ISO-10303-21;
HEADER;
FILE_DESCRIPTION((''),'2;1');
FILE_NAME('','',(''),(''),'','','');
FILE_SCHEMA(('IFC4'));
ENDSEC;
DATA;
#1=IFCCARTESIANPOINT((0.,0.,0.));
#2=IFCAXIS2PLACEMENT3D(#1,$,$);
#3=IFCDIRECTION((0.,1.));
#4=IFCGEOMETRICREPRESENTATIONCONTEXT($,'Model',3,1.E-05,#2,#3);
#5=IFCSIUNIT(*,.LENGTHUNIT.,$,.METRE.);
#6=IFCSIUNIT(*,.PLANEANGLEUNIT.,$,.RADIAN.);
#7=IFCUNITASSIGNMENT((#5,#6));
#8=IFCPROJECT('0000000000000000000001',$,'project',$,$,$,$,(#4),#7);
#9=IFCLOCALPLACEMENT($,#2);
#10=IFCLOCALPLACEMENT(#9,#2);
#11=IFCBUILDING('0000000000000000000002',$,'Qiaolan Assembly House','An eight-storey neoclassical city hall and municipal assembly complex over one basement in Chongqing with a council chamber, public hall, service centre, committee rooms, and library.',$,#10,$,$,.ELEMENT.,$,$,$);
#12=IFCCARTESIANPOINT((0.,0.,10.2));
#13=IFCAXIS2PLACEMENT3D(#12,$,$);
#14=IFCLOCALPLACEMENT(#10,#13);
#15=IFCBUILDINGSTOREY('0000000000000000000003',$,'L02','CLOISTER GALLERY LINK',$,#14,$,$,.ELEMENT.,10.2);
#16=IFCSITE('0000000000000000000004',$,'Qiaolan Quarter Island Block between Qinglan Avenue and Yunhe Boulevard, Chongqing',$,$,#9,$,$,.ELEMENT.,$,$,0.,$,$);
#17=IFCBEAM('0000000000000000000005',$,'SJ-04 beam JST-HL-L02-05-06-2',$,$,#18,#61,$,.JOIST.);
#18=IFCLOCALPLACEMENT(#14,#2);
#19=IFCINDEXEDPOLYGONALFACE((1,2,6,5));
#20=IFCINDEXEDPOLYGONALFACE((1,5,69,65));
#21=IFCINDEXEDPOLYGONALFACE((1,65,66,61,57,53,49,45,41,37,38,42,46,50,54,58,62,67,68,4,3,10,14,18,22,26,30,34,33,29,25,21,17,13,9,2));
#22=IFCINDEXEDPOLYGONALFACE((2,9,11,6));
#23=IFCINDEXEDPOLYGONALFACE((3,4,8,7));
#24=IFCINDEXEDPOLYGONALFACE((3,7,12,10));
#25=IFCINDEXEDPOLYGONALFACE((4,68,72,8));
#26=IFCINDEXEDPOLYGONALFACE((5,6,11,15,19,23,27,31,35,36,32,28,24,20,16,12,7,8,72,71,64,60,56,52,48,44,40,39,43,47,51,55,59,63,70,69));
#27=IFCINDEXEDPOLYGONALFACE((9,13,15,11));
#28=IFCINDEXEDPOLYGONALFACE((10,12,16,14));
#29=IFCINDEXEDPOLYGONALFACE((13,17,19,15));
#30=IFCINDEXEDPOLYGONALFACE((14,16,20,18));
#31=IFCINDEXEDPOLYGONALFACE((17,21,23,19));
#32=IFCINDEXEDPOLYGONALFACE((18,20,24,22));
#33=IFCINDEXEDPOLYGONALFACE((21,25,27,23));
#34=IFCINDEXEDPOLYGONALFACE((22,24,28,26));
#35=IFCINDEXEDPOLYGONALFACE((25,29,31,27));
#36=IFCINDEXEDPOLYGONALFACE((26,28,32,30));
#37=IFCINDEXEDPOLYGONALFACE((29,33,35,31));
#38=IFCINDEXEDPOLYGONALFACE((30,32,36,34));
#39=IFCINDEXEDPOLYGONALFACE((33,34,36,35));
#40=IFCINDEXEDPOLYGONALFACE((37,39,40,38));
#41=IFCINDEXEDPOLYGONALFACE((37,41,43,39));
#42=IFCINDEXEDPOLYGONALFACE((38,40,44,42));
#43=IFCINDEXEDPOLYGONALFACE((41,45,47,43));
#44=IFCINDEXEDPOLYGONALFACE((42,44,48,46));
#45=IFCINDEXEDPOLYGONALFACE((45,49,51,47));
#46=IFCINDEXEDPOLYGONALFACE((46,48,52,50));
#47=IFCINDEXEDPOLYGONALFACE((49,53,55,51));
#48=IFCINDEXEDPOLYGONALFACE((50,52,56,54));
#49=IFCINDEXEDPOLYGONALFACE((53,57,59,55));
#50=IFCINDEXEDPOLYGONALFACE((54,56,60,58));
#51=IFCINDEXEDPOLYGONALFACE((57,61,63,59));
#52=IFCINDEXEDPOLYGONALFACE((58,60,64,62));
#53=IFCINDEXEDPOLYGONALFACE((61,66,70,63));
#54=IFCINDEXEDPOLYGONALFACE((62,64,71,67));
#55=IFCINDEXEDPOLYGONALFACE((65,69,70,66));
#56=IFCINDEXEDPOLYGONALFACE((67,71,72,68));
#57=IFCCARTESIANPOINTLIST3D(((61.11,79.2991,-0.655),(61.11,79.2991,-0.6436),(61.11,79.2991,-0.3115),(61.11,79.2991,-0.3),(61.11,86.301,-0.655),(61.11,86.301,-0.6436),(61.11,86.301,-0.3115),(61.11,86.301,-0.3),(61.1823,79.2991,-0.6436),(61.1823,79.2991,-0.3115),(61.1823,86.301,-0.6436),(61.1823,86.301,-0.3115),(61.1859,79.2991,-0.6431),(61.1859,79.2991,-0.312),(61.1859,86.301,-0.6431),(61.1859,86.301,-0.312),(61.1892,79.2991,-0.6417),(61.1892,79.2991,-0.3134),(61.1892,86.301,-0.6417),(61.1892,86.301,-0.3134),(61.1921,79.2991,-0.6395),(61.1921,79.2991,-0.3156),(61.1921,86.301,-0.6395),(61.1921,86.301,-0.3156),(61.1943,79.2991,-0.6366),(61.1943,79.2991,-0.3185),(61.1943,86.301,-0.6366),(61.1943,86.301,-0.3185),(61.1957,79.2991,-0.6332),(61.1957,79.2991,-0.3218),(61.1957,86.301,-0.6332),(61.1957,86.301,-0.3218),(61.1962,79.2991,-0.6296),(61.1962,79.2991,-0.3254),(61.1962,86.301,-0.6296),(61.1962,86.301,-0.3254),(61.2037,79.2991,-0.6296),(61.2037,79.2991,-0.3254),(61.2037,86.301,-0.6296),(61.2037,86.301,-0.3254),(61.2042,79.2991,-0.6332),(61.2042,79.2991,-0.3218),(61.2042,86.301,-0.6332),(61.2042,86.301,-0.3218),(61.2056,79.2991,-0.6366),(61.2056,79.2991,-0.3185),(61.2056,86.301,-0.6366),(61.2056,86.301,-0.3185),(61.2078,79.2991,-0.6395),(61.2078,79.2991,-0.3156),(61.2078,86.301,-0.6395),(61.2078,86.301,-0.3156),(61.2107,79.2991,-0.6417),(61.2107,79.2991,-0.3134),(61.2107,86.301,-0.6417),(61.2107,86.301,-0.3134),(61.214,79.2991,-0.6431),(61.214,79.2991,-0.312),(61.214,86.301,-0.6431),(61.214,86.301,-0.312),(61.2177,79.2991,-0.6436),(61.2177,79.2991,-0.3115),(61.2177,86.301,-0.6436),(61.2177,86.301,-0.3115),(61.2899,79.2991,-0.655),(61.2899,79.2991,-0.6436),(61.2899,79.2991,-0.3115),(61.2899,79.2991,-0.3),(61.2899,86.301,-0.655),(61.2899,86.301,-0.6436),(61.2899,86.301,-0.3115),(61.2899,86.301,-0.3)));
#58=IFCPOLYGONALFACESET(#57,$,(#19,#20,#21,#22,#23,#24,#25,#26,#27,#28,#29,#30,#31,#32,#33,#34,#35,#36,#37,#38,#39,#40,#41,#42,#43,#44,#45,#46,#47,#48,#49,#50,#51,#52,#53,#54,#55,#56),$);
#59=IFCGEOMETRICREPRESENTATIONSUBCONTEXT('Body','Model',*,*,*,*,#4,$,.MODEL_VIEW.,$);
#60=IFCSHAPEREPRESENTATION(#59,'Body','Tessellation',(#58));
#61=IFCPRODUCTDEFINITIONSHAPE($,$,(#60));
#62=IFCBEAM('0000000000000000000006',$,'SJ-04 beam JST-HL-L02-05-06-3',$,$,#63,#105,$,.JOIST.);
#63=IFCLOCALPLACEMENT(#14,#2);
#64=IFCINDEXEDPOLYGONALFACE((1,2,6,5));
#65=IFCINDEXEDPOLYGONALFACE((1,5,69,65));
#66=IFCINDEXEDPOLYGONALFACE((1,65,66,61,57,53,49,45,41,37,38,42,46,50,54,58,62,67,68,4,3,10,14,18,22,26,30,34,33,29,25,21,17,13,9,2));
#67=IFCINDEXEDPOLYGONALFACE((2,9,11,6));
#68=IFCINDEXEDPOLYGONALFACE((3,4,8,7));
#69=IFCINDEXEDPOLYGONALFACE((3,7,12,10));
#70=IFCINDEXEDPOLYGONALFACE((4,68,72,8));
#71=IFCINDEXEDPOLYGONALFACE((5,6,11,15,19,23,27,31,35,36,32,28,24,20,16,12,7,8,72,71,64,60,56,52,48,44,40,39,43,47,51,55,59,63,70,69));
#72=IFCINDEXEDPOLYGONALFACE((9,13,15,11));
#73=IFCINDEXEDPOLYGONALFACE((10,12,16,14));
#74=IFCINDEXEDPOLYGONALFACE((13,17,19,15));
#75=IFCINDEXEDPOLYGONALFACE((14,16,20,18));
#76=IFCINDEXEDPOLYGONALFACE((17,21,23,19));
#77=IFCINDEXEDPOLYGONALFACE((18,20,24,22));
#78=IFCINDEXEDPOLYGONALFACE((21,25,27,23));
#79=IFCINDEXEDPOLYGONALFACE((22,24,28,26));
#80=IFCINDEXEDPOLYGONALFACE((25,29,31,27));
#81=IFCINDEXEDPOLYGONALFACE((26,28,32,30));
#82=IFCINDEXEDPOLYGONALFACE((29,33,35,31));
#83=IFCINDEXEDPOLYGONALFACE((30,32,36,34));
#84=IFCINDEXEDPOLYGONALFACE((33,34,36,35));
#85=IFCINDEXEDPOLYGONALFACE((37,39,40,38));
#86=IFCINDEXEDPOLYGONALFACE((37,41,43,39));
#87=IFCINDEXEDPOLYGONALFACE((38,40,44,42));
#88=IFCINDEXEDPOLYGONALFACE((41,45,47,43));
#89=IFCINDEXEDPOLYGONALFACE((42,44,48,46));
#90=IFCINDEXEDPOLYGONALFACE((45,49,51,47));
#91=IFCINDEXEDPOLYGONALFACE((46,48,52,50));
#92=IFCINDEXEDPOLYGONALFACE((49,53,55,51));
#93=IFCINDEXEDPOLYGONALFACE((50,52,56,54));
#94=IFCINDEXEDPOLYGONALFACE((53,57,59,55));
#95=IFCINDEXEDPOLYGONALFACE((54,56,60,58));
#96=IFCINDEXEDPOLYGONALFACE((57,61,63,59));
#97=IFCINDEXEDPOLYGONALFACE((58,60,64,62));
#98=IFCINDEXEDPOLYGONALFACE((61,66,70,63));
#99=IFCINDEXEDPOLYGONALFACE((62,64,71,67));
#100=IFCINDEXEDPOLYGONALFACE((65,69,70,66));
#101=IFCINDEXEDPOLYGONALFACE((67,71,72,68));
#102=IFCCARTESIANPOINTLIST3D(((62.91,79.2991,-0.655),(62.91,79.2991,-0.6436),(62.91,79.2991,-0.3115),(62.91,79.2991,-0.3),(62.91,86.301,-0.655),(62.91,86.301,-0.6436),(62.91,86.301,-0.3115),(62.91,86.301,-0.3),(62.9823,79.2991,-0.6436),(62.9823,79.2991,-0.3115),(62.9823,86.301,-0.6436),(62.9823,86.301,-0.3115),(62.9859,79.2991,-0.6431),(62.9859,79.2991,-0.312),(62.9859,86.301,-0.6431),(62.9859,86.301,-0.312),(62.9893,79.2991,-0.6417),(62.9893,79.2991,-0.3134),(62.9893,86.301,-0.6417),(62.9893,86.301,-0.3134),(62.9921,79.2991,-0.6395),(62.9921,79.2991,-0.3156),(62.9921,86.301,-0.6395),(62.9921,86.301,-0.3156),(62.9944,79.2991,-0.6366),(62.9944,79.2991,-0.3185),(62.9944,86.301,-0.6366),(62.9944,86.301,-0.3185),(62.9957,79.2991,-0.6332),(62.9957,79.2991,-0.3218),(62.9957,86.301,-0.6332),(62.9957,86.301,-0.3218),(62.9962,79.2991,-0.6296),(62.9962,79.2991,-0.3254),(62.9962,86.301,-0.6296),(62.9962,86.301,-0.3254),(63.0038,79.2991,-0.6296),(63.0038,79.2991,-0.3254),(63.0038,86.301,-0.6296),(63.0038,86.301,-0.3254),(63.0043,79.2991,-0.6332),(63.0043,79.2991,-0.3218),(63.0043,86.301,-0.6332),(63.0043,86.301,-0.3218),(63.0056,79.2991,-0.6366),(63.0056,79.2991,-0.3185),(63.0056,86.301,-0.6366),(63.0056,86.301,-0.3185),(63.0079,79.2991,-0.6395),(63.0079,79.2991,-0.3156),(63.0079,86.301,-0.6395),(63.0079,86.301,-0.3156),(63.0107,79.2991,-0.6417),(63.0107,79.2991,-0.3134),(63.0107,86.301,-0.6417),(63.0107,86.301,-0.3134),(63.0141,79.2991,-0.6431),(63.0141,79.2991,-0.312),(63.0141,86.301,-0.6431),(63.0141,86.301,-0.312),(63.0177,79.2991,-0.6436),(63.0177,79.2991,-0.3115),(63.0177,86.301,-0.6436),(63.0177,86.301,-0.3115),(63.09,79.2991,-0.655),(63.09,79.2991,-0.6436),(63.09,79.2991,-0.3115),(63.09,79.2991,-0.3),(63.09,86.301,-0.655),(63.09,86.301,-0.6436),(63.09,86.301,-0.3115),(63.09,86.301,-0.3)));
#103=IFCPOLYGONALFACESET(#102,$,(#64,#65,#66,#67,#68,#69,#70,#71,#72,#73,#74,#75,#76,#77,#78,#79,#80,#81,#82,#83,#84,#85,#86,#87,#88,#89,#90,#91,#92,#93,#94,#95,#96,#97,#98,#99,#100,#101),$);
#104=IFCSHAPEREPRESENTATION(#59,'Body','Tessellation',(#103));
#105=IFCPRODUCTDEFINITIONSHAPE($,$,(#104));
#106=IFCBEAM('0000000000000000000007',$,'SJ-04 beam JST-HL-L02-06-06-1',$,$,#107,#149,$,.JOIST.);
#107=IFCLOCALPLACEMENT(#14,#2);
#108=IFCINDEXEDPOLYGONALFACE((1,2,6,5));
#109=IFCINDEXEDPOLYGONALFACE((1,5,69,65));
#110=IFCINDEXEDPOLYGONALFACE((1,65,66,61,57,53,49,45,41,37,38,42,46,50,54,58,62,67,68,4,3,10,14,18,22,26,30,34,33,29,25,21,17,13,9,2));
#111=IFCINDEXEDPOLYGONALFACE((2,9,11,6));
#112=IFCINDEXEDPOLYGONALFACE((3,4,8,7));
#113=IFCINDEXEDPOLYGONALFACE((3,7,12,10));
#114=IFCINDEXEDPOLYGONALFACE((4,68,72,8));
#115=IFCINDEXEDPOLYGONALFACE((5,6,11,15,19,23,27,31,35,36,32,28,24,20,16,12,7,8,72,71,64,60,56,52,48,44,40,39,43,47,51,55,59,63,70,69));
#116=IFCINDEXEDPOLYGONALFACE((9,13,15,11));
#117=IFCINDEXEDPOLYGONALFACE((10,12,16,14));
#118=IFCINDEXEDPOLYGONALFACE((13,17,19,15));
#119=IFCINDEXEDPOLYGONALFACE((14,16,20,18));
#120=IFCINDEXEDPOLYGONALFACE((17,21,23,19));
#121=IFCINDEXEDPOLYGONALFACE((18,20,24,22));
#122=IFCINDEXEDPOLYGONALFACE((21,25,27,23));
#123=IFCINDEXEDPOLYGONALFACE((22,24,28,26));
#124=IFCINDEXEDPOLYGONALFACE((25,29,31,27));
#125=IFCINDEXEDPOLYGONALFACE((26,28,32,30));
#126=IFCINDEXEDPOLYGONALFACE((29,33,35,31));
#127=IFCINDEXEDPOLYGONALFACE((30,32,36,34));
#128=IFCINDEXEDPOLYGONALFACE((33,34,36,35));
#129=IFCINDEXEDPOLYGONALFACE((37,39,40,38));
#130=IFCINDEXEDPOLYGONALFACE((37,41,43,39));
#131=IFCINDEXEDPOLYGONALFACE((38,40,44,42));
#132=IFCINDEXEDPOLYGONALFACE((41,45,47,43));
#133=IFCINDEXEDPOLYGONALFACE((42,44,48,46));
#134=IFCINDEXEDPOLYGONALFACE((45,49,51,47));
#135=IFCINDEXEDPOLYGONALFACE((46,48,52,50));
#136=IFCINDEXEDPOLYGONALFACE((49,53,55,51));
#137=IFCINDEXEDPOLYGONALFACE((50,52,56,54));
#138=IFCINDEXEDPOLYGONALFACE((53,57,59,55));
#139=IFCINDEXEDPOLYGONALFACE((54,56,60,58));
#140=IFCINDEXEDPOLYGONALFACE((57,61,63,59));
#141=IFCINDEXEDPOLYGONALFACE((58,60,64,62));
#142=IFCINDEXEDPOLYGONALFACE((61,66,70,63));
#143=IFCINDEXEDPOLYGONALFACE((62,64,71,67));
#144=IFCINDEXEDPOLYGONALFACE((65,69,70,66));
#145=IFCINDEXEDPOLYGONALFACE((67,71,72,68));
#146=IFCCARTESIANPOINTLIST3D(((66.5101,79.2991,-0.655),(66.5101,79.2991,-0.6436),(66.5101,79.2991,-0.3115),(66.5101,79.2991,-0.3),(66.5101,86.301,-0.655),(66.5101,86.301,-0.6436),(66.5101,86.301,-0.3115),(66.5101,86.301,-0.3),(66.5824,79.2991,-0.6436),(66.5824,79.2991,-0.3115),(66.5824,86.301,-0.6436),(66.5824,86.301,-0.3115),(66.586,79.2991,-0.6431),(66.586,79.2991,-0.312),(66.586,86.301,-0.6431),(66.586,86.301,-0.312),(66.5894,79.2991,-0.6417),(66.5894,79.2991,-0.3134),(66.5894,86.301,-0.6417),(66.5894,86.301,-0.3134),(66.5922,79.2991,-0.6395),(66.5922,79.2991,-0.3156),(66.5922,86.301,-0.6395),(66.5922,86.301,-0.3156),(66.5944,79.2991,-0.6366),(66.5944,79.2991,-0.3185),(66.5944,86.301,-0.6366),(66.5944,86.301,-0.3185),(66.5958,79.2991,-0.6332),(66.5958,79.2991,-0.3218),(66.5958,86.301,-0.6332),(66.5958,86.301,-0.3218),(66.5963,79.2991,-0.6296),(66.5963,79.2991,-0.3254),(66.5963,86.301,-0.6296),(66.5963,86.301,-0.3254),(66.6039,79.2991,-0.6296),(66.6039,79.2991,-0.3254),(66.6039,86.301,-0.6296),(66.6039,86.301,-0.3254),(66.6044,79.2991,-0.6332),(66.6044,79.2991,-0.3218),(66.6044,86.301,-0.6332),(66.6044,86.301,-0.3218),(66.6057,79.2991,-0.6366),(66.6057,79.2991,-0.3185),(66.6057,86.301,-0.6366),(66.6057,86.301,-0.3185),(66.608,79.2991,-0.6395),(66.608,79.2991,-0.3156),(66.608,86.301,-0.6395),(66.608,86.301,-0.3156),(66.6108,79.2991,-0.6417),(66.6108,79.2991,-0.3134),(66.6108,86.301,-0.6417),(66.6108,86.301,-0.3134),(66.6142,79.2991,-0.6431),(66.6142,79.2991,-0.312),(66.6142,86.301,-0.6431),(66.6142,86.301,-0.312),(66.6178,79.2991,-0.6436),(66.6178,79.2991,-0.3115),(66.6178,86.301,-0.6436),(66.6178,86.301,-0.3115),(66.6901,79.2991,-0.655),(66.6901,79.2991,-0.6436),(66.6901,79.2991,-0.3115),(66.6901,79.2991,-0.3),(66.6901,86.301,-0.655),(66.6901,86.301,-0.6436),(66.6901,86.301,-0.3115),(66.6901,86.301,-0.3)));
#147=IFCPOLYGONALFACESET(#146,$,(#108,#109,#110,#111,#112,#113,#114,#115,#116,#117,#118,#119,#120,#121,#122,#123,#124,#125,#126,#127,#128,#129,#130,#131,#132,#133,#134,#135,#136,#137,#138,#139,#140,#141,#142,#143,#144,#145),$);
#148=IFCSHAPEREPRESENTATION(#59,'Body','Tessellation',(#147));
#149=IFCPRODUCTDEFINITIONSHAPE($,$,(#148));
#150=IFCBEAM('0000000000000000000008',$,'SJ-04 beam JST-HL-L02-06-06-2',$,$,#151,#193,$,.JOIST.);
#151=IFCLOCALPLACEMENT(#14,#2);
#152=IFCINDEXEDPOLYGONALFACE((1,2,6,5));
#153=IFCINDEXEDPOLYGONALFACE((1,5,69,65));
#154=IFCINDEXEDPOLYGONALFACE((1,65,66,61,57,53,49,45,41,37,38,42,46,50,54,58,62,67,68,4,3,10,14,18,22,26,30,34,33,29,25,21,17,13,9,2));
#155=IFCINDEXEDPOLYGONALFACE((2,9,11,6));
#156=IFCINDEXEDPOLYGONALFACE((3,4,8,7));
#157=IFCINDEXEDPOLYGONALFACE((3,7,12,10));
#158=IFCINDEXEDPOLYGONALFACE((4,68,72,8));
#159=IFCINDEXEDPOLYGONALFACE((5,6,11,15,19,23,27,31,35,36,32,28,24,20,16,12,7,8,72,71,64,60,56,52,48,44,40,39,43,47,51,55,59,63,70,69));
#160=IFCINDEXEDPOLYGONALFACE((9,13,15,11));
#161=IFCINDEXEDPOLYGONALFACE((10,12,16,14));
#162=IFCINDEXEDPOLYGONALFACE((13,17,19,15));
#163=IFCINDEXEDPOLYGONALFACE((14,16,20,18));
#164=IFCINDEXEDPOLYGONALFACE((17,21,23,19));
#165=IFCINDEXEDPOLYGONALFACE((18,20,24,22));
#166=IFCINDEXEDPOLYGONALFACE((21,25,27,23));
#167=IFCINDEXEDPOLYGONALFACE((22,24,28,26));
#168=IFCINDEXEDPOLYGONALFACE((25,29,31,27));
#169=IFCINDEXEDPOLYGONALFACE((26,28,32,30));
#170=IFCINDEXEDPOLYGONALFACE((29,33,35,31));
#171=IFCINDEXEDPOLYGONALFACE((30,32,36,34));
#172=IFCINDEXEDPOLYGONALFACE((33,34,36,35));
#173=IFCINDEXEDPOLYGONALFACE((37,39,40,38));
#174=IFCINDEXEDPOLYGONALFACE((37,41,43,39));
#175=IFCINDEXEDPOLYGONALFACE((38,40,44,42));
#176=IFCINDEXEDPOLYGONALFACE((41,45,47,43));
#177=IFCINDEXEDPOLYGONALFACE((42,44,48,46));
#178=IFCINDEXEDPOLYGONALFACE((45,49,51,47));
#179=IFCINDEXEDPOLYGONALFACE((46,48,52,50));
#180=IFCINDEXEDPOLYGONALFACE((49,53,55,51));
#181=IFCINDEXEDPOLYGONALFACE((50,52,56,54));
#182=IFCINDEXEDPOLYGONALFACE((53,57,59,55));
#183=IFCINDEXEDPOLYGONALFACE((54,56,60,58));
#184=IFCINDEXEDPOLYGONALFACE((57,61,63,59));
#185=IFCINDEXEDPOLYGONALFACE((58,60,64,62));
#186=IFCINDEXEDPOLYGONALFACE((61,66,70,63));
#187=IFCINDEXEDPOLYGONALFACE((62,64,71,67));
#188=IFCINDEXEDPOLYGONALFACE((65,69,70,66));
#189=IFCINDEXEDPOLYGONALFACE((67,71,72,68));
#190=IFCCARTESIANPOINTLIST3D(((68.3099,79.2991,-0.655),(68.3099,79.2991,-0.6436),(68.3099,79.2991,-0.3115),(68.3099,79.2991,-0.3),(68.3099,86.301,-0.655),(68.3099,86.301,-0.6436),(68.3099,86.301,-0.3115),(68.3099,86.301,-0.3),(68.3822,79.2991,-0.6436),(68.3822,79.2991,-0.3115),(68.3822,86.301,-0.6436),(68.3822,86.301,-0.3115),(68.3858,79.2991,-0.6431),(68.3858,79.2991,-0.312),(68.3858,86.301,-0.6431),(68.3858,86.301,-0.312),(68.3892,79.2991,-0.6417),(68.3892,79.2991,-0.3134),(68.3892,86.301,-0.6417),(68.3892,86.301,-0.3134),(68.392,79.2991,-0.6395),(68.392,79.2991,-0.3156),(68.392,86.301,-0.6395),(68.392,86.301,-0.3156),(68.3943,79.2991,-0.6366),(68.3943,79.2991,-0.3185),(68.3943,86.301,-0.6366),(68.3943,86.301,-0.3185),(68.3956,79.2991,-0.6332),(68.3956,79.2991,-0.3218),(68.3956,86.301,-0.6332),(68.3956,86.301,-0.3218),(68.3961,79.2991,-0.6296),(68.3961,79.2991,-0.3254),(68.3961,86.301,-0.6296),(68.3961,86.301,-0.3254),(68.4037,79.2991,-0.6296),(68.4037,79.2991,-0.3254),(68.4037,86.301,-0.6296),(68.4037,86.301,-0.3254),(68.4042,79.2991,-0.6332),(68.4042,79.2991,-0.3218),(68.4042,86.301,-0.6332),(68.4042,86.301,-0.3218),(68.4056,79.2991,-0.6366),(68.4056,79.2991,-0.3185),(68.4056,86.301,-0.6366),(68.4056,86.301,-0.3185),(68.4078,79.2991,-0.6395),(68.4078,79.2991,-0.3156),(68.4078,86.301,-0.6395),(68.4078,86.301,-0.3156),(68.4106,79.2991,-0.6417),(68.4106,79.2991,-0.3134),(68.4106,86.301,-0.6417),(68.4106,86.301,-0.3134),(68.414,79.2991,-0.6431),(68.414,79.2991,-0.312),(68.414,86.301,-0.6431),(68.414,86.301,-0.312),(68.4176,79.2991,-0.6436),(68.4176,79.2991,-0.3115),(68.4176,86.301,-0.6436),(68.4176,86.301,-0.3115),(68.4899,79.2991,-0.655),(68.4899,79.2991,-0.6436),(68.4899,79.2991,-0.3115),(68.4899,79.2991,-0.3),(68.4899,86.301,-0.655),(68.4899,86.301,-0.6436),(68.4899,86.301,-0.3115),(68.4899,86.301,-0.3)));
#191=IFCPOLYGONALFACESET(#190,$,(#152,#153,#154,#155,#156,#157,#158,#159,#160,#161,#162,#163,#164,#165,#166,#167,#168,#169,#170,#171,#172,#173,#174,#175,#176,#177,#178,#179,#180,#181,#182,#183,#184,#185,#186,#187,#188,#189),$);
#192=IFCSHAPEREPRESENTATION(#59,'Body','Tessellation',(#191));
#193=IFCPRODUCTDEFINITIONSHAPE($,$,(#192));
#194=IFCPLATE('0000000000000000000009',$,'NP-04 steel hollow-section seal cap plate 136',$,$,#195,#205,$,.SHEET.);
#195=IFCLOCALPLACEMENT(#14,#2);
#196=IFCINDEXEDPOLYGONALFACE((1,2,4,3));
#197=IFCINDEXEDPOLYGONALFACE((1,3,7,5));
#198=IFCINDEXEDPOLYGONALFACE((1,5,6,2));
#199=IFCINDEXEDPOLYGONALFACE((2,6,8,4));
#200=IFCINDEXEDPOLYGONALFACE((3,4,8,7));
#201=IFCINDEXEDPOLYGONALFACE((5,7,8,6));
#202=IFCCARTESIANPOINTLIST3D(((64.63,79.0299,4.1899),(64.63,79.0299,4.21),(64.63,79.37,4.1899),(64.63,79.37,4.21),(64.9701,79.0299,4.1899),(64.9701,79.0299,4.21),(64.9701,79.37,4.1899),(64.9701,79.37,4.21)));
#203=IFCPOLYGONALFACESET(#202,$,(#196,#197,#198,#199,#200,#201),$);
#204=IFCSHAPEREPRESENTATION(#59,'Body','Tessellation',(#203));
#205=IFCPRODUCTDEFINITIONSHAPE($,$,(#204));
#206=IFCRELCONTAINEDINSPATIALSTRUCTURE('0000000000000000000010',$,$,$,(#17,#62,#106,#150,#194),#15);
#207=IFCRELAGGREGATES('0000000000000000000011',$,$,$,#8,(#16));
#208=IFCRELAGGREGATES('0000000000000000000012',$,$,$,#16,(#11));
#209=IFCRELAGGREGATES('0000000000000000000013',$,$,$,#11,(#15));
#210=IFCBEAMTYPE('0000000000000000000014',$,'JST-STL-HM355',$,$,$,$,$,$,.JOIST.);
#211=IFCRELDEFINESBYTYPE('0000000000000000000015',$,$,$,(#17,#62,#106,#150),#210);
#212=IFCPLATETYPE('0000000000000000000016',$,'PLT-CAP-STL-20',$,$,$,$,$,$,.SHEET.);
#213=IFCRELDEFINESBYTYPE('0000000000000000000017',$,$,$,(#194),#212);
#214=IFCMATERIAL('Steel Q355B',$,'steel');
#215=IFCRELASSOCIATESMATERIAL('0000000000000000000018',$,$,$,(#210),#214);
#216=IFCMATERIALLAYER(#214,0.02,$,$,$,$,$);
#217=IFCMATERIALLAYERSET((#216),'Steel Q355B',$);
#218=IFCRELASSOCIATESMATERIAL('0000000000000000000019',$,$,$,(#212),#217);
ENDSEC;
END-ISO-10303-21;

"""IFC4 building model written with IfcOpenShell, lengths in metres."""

from ifc_helpers import new_model, si_unit, direction, frame, origin, origin_2d, place, context, subcontext, project, spatial, rectangle, i_section, extrude, material, layer, layer_set, material_profile, profile_set, type_object, element, save


model = new_model("IFC4")

# Units and contexts
model_context = context("Model", 3, precision=1e-05, world=origin(), true_north=direction((0.0, 1.0)))
body_context = subcontext(model_context, "Body", "Model", "MODEL_VIEW")
ifc_project = project(units=[si_unit("LENGTHUNIT", "METRE"), si_unit("PLANEANGLEUNIT", "RADIAN")], contexts=[model_context])

# Site, building, storey
site_placement = place(None, origin())
site = spatial("IfcSite", under=ifc_project, at=site_placement, Name="Qiaolan Quarter Island Block between Qinglan Avenue and Yunhe Boulevard, Chongqing", CompositionType="ELEMENT", RefElevation=0.0)
building_placement = place(site_placement, origin())
building = spatial("IfcBuilding", under=site, at=building_placement, Name="Qiaolan Assembly House", Description="An eight-storey neoclassical city hall and municipal assembly complex over one basement in Chongqing with a council chamber, public hall, service centre, committee rooms, and library.", CompositionType="ELEMENT")
storey_placement = place(building_placement, frame((0.0, 0.0, 10.2)))
storey = spatial("IfcBuildingStorey", under=building, at=storey_placement, Name="L02", Description="CLOISTER GALLERY LINK", CompositionType="ELEMENT", Elevation=10.2)

# Shared definitions
ifc_material_1 = material(Name="Steel Q355B", Category="steel")

# Beams
ifc_material_profile_1 = material_profile(ifc_material_1, i_section(OverallWidth=0.1799, OverallDepth=0.355, WebThickness=0.0076, FlangeThickness=0.0115, FilletRadius=0.0139, at=origin_2d()), Name="HM 355x180x7.5x11.5")
ifc_profile_set_1 = profile_set([ifc_material_profile_1], Name="Steel Q355B")
beam_type_1 = type_object("IfcBeamType", Name="JST-STL-HM355", PredefinedType="JOIST", material=ifc_profile_set_1)
for number, where, z_axis, x_axis, name in (
    (1, (61.2, 79.2991, -0.4775), (0.0, 1.0, 0.0), (-1.0, 0.0, 0.0), "SJ-04 beam JST-HL-L02-05-06-2"),
    (2, (63.0, 79.2991, -0.4775), (0.0, 1.0, 0.0), (-1.0, 0.0, 0.0), "SJ-04 beam JST-HL-L02-05-06-3"),
    (3, (66.6001, 79.2991, -0.4775), (0.0, 1.0, 0.0), (-1.0, 0.0, 0.0), "SJ-04 beam JST-HL-L02-06-06-1"),
    (4, (68.3999, 79.2991, -0.4775), (0.0, 1.0, 0.0), (-1.0, 0.0, 0.0), "SJ-04 beam JST-HL-L02-06-06-2"),
):
    element("IfcBeam", number, at=place(storey_placement, frame(where, z_axis=z_axis, x_axis=x_axis)), inside=storey, type_object=beam_type_1, Name=name, PredefinedType="JOIST", context=body_context, shape_type="SweptSolid", body=[
        extrude(i_section(OverallWidth=0.1799, OverallDepth=0.355, WebThickness=0.0076, FlangeThickness=0.0115, FilletRadius=0.0139, at=origin_2d()), origin(), (0.0, 0.0, 1.0), 7.002),
    ])

# Plate
ifc_layer_1 = layer(ifc_material_1, 0.02)
ifc_layer_set_1 = layer_set([ifc_layer_1], Name="Steel Q355B")
plate_type = type_object("IfcPlateType", Name="PLT-CAP-STL-20", PredefinedType="SHEET", material=ifc_layer_set_1)
plate_placement = place(storey_placement, frame((64.8, 79.2, 4.1899), z_axis=(0.0, 0.0, 1.0), x_axis=(1.0, 0.0, 0.0)))
element("IfcPlate", 5, at=plate_placement, inside=storey, type_object=plate_type, Name="NP-04 steel hollow-section seal cap plate 136", PredefinedType="SHEET", context=body_context, shape_type="SweptSolid", body=[
    extrude(rectangle(XDim=0.3401, YDim=0.3401, at=origin_2d()), origin(), (0.0, 0.0, 1.0), 0.02),
])

save(model, "model.ifc")
